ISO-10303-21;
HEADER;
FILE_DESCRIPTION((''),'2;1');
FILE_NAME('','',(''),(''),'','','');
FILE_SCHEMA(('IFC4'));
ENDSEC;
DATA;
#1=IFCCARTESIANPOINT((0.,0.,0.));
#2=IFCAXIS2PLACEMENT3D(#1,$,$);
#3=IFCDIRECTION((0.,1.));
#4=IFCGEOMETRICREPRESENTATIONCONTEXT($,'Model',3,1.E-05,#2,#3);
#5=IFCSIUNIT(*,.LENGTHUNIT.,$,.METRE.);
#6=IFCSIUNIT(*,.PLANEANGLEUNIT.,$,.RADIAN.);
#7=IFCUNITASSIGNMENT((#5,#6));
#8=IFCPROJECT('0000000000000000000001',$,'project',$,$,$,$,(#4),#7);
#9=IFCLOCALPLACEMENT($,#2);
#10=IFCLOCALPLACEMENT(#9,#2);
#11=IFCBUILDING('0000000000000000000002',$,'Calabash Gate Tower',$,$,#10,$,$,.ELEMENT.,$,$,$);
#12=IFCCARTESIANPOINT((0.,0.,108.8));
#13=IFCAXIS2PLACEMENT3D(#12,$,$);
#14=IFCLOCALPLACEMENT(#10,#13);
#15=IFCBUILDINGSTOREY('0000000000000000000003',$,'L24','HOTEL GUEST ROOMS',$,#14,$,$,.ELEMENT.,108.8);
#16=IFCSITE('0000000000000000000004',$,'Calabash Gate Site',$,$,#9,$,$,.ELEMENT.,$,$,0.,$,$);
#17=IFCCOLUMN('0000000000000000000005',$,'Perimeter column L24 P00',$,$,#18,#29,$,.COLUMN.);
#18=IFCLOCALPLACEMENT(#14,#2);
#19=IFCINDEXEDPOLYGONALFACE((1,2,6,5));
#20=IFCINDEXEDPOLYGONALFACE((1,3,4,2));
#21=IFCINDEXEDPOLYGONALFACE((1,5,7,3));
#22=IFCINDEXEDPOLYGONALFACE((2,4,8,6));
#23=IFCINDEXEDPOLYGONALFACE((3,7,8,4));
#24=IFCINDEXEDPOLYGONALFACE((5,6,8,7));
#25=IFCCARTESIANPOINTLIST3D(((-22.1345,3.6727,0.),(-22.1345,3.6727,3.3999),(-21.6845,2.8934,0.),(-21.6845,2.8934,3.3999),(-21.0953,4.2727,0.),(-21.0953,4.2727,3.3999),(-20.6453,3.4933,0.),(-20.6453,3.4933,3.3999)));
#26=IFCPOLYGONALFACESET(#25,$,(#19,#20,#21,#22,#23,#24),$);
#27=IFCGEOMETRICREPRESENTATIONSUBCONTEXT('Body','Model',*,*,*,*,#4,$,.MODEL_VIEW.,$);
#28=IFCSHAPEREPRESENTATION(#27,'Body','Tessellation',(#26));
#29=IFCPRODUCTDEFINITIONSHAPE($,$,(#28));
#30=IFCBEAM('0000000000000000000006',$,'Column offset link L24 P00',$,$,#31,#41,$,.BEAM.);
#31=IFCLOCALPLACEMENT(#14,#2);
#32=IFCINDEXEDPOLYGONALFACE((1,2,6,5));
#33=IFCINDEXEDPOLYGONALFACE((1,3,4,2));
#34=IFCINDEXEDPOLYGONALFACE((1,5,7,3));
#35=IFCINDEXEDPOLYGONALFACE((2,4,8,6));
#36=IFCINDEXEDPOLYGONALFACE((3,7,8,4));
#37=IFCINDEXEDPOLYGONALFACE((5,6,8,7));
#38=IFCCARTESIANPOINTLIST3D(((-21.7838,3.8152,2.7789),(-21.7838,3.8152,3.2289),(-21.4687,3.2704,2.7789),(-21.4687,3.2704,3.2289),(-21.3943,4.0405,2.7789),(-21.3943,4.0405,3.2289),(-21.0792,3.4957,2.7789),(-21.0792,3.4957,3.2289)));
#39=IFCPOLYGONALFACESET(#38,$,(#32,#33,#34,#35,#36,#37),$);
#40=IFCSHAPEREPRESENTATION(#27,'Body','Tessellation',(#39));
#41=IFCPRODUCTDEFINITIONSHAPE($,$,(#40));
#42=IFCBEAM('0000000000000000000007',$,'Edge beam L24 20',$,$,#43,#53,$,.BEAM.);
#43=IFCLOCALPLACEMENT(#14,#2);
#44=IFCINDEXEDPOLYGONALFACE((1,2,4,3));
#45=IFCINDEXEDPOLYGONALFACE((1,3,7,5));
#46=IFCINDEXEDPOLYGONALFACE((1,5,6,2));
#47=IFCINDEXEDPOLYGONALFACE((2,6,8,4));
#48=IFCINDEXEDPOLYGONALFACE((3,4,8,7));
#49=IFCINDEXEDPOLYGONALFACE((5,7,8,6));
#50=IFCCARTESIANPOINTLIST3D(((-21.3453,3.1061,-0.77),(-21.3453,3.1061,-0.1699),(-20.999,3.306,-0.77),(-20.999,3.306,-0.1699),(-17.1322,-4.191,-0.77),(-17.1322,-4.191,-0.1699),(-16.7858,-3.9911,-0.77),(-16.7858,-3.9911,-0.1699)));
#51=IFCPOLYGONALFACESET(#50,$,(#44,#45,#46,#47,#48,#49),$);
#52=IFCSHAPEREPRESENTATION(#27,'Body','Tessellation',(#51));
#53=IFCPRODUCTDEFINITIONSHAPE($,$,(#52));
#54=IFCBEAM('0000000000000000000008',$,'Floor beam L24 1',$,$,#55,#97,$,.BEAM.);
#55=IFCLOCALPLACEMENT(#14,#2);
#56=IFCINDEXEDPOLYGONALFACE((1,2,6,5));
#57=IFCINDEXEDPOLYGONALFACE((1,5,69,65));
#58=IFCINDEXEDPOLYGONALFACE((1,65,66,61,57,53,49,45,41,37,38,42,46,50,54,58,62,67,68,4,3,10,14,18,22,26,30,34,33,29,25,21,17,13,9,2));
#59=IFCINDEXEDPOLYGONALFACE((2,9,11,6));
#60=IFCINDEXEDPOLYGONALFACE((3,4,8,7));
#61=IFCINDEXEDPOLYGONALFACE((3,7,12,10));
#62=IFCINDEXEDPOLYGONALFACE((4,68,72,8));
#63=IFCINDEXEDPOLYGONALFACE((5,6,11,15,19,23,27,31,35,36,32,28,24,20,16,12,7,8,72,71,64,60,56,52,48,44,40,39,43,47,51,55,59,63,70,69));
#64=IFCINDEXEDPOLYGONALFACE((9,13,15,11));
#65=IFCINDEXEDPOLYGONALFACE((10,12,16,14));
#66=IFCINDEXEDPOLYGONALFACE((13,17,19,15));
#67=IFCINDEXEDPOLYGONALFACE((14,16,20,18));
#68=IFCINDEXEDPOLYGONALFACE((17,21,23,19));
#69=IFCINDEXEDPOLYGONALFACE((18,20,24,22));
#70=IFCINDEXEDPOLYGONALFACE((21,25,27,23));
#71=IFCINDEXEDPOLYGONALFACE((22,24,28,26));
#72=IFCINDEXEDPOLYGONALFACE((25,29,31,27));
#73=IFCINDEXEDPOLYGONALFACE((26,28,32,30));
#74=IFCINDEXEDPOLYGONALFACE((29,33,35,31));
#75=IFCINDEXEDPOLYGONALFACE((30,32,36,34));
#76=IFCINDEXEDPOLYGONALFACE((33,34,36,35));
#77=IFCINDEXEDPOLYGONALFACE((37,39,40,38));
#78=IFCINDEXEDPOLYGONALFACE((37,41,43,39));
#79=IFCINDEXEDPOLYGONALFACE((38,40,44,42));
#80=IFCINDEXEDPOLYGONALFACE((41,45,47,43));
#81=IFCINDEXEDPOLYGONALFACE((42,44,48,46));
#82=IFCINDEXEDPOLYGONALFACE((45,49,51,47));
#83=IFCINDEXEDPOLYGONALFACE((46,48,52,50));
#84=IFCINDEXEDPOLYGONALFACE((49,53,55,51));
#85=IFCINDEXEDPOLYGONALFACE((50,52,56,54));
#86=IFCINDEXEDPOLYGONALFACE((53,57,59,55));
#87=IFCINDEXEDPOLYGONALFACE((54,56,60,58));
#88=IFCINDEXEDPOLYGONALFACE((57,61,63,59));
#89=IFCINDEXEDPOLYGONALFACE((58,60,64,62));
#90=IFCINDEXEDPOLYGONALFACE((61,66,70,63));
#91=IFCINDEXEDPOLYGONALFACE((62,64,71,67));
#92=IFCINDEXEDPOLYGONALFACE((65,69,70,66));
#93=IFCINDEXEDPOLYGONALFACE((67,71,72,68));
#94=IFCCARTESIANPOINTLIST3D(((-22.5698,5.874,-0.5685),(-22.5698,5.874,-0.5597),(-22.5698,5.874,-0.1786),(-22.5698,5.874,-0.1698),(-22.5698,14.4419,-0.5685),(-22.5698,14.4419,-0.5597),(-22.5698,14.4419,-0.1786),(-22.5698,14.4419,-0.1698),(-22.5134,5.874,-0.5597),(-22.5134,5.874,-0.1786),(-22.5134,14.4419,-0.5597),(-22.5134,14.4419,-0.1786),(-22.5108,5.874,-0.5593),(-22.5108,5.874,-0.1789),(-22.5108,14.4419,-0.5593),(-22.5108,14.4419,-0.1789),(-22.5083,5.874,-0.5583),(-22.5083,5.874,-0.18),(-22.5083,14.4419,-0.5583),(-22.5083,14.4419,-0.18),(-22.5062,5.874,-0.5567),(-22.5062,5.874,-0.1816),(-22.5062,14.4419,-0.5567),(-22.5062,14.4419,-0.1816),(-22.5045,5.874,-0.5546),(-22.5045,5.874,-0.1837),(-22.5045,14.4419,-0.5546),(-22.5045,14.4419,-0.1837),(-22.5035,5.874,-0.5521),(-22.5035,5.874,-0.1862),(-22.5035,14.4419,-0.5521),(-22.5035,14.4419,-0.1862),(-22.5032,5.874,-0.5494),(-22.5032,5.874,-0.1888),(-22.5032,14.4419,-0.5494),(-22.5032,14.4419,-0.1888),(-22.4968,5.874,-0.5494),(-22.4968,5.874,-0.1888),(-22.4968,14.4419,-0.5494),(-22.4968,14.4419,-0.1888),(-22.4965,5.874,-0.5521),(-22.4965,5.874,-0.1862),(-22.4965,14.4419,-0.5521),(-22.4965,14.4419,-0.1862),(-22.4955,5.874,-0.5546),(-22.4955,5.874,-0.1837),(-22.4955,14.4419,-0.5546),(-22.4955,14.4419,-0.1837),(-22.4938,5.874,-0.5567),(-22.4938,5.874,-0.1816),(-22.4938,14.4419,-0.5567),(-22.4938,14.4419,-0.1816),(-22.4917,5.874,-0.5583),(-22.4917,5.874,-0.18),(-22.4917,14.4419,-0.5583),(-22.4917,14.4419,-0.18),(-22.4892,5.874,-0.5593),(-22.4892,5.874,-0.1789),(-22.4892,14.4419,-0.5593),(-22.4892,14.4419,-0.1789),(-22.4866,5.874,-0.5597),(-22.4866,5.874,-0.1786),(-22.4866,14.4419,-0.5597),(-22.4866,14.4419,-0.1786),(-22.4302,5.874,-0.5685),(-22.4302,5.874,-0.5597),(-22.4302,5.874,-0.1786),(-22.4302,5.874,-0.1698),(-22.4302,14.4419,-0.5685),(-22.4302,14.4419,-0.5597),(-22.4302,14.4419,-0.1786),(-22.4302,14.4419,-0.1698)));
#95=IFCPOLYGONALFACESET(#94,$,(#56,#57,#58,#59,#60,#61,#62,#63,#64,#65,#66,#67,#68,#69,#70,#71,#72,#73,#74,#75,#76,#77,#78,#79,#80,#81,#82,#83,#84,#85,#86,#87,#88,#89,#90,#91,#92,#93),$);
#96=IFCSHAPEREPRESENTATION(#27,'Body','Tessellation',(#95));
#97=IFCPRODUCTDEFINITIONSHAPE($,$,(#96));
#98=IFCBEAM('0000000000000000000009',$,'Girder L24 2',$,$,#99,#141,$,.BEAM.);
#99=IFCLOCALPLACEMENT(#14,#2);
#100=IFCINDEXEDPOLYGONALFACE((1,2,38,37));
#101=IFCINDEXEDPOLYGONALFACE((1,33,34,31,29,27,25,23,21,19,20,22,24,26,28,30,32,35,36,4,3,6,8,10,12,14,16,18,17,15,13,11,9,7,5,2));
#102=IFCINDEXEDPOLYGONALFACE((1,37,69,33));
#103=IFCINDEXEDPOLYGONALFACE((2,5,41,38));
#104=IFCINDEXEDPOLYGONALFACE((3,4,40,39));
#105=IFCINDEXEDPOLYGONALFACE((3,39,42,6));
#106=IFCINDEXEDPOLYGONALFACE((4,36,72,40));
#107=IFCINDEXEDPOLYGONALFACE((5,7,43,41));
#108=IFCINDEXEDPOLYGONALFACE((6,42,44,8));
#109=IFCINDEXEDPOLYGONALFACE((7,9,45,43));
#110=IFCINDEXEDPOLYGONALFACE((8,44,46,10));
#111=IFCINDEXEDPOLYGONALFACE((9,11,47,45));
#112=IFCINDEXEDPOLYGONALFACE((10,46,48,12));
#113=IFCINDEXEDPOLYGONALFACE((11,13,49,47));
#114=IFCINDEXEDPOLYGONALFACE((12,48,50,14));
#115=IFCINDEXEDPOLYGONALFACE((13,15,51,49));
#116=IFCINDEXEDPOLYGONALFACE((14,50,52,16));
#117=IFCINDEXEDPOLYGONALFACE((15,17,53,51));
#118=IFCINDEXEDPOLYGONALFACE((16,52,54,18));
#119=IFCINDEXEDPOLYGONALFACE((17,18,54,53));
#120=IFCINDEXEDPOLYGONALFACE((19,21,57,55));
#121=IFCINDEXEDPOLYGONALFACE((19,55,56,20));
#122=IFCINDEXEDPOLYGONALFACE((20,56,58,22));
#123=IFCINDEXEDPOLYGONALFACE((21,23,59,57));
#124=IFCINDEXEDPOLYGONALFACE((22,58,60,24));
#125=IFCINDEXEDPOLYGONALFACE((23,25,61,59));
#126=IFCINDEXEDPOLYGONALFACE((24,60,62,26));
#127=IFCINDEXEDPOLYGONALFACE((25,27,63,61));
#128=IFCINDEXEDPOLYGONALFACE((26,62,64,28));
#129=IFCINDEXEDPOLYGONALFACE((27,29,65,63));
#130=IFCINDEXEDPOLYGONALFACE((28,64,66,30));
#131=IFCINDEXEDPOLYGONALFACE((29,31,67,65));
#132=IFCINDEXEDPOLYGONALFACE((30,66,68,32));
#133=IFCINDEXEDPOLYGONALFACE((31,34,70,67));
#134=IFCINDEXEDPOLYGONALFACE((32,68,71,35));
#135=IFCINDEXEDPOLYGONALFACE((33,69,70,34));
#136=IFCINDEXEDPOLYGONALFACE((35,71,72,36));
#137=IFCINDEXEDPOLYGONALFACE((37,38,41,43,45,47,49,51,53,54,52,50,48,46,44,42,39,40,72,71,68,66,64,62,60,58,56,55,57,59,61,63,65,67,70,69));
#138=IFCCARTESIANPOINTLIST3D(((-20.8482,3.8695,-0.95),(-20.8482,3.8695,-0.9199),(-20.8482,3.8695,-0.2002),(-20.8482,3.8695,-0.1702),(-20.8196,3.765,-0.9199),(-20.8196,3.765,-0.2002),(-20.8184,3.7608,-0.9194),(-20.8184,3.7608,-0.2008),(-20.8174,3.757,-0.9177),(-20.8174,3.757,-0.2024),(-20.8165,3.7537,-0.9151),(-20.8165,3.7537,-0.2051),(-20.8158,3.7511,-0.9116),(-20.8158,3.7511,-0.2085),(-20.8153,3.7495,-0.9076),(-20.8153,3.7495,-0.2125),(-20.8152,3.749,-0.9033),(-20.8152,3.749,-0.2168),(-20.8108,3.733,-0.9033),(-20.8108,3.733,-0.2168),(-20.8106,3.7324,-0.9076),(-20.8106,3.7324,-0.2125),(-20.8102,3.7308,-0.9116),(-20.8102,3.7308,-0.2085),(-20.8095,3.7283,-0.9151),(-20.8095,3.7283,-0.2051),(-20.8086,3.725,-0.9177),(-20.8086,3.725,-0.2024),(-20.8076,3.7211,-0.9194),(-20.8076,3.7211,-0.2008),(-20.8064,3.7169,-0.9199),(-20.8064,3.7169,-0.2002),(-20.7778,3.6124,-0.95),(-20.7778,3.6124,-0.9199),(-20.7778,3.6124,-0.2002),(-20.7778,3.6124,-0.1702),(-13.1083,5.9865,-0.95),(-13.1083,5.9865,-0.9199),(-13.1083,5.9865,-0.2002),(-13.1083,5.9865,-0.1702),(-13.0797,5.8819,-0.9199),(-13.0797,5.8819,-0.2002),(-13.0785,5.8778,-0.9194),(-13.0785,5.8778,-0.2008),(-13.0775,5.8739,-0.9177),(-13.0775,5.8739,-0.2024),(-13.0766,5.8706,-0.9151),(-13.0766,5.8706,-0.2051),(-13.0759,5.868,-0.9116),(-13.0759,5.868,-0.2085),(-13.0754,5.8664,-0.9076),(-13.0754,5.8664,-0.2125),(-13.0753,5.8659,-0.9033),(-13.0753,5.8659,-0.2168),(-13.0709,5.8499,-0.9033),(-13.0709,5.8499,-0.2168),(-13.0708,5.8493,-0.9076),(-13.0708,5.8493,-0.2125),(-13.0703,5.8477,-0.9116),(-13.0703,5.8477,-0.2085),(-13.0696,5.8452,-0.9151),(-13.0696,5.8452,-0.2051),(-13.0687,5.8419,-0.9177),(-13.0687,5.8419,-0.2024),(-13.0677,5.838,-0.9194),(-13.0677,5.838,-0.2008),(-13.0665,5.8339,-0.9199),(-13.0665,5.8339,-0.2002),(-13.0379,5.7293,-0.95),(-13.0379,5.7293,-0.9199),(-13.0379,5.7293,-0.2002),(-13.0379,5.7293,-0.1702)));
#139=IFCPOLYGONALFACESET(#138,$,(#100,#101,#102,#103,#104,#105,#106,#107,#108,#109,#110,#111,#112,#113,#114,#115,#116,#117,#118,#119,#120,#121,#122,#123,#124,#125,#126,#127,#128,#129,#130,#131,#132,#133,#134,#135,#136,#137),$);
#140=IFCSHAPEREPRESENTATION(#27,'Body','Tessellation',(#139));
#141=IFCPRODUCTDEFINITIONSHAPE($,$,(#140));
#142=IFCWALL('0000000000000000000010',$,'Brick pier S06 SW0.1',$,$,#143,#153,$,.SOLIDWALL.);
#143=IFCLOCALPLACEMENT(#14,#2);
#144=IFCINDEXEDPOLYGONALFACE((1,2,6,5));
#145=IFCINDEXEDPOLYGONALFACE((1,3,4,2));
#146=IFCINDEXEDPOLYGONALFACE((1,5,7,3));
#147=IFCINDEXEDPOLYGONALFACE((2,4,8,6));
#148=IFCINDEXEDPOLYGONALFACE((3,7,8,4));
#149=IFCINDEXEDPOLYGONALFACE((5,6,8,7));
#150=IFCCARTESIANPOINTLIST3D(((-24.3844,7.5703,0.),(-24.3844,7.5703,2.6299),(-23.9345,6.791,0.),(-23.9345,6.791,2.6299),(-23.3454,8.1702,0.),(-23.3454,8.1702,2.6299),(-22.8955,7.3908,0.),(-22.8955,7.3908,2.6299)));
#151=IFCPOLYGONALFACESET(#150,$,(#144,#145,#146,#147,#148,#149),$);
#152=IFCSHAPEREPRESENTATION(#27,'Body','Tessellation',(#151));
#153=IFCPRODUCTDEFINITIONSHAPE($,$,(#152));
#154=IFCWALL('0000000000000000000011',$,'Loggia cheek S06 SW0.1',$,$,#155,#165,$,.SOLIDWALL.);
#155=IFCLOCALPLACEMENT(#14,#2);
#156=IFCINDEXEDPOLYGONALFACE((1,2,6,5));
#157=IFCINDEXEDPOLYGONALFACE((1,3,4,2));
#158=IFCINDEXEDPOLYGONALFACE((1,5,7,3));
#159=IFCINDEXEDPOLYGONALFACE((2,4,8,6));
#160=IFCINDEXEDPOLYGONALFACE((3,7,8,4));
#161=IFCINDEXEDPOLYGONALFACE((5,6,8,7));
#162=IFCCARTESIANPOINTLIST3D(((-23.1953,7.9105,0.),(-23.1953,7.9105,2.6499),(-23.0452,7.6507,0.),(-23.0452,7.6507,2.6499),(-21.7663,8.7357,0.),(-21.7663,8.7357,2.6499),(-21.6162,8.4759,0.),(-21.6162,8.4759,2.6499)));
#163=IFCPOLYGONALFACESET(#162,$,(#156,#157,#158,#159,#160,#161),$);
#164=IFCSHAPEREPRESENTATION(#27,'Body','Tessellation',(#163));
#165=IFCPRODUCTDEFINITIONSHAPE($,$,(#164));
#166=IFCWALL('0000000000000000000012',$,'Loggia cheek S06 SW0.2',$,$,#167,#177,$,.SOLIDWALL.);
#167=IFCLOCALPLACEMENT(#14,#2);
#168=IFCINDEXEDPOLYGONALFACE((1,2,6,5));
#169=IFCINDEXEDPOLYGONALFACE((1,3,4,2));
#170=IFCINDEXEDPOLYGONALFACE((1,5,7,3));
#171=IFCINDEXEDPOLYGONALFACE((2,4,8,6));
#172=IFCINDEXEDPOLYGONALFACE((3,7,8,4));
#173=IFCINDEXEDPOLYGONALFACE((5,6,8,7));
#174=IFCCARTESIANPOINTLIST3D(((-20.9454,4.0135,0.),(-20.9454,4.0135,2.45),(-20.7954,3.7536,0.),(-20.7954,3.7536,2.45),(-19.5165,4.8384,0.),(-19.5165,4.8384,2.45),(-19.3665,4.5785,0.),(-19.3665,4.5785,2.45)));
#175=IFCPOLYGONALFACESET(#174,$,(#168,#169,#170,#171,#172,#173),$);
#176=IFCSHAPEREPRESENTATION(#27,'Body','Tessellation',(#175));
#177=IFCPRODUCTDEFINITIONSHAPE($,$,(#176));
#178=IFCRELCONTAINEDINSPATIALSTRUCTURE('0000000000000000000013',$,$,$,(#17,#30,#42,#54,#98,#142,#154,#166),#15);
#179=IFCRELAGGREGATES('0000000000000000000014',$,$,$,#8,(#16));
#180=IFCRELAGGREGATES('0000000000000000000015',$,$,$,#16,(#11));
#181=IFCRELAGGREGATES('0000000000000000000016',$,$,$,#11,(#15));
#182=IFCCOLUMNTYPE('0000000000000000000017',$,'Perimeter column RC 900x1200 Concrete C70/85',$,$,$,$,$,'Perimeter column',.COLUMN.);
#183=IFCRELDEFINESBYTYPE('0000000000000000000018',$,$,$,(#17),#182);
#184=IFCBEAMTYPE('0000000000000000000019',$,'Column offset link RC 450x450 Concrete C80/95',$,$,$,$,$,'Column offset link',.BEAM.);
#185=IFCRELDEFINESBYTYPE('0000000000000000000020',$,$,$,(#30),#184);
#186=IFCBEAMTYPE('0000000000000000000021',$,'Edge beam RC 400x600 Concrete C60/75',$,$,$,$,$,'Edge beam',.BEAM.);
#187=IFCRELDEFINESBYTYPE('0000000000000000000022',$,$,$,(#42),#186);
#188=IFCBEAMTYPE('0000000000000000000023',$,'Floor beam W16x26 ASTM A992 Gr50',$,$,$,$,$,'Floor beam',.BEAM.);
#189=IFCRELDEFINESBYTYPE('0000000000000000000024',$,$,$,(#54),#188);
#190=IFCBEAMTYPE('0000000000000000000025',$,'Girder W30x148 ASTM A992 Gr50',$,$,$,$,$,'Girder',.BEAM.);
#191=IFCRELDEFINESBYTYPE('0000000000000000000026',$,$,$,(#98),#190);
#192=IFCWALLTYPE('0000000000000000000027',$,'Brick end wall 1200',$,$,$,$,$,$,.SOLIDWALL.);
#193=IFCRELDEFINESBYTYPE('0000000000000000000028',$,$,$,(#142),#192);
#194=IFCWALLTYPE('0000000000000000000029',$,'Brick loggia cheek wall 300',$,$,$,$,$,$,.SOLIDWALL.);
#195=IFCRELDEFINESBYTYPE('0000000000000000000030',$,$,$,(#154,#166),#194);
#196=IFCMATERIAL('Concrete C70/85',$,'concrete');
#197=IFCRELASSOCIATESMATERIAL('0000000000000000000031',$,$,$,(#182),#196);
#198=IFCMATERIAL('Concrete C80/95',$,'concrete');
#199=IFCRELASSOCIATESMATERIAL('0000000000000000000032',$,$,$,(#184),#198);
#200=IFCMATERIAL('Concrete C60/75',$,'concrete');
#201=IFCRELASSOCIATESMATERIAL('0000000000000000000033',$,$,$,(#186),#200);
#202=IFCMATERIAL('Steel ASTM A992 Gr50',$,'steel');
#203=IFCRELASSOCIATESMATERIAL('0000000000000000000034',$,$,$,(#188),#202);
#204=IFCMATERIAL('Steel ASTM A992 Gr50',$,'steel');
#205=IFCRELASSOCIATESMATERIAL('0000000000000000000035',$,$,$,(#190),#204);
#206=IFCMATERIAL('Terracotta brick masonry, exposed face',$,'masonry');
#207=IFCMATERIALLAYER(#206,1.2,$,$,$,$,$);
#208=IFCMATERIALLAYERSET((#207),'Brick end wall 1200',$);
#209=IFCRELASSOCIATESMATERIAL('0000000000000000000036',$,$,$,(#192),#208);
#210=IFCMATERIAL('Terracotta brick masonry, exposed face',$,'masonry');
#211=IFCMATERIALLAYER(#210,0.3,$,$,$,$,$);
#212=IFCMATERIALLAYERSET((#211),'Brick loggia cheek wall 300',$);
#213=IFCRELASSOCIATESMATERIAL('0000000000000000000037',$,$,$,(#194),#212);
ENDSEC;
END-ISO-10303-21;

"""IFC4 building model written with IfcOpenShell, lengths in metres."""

from ifc_helpers import new_model, si_unit, direction, frame, frame_2d, origin, origin_2d, place, context, subcontext, project, spatial, rectangle, i_section, extrude, material, layer, layer_set, material_profile, profile_set, type_object, element, save


model = new_model("IFC4")

# Units and contexts
model_context = context("Model", 3, precision=1e-05, world=origin(), true_north=direction((0.0, 1.0)))
body_context = subcontext(model_context, "Body", "Model", "MODEL_VIEW")
ifc_project = project(units=[si_unit("LENGTHUNIT", "METRE"), si_unit("PLANEANGLEUNIT", "RADIAN")], contexts=[model_context])

# Site, building, storey
site_placement = place(None, origin())
site = spatial("IfcSite", under=ifc_project, at=site_placement, Name="Calabash Gate Site", CompositionType="ELEMENT", RefElevation=0.0)
building_placement = place(site_placement, origin())
building = spatial("IfcBuilding", under=site, at=building_placement, Name="Calabash Gate Tower", CompositionType="ELEMENT")
storey_placement = place(building_placement, frame((0.0, 0.0, 108.8)))
storey = spatial("IfcBuildingStorey", under=building, at=storey_placement, Name="L24", Description="HOTEL GUEST ROOMS", CompositionType="ELEMENT", Elevation=108.8)

# Column
ifc_material_1 = material(Name="Concrete C70/85", Category="concrete")
ifc_material_profile_1 = material_profile(ifc_material_1, rectangle(XDim=0.8999, YDim=1.2, at=origin_2d()))
ifc_profile_set_1 = profile_set([ifc_material_profile_1], Name="Concrete C70/85")
column_type = type_object("IfcColumnType", Name="Perimeter column RC 900x1200 Concrete C70/85", ElementType="Perimeter column", PredefinedType="COLUMN", material=ifc_profile_set_1)
column_placement = place(storey_placement, frame((-21.3899, 3.583, 0.0), z_axis=(0.0, 0.0, 1.0), x_axis=(0.5, -0.866025, 0.0)))
element("IfcColumn", 1, at=column_placement, inside=storey, type_object=column_type, Name="Perimeter column L24 P00", PredefinedType="COLUMN", context=body_context, shape_type="SweptSolid", body=[
    extrude(rectangle(XDim=0.8999, YDim=1.2, at=origin_2d()), origin(), (0.0, 0.0, 1.0), 3.3999),
])

# Beams
ifc_material_2 = material(Name="Concrete C80/95", Category="concrete")
ifc_material_profile_2 = material_profile(ifc_material_2, rectangle(XDim=0.45, YDim=0.45, at=origin_2d()))
ifc_profile_set_2 = profile_set([ifc_material_profile_2], Name="Concrete C80/95")
beam_type_1 = type_object("IfcBeamType", Name="Column offset link RC 450x450 Concrete C80/95", ElementType="Column offset link", PredefinedType="BEAM", material=ifc_profile_set_2)
beam_1_placement = place(storey_placement, frame((-21.2739, 3.3831, 3.0039), z_axis=(-0.500685, 0.86563, 0.0), x_axis=(-0.86563, -0.500685, 0.0)))
element("IfcBeam", 2, at=beam_1_placement, inside=storey, type_object=beam_type_1, Name="Column offset link L24 P00", PredefinedType="BEAM", context=body_context, shape_type="SweptSolid", body=[
    extrude(rectangle(XDim=0.45, YDim=0.45, at=origin_2d()), origin(), (0.0, 0.0, 1.0), 0.6294),
])
ifc_material_3 = material(Name="Concrete C60/75", Category="concrete")
ifc_material_profile_3 = material_profile(ifc_material_3, rectangle(XDim=0.3999, YDim=0.6001, at=origin_2d()))
ifc_profile_set_3 = profile_set([ifc_material_profile_3], Name="Concrete C60/75")
beam_type_2 = type_object("IfcBeamType", Name="Edge beam RC 400x600 Concrete C60/75", ElementType="Edge beam", PredefinedType="BEAM", material=ifc_profile_set_3)
beam_2_placement = place(storey_placement, frame((-21.1721, 3.2061, -0.47), z_axis=(0.500013, -0.866018, 0.0), x_axis=(0.866018, 0.500013, 0.0)))
element("IfcBeam", 3, at=beam_2_placement, inside=storey, type_object=beam_type_2, Name="Edge beam L24 20", PredefinedType="BEAM", context=body_context, shape_type="SweptSolid", body=[
    extrude(rectangle(XDim=0.3999, YDim=0.6001, at=origin_2d()), origin(), (0.0, 0.0, 1.0), 8.426),
])
ifc_material_4 = material(Name="Steel ASTM A992 Gr50", Category="steel")
ifc_material_profile_4 = material_profile(ifc_material_4, i_section(OverallWidth=0.1396, OverallDepth=0.3987, WebThickness=0.0063, FlangeThickness=0.0088, FilletRadius=0.0103, at=origin_2d()))
ifc_profile_set_4 = profile_set([ifc_material_profile_4], Name="Steel ASTM A992 Gr50")
beam_type_3 = type_object("IfcBeamType", Name="Floor beam W16x26 ASTM A992 Gr50", ElementType="Floor beam", PredefinedType="BEAM", material=ifc_profile_set_4)
beam_3_placement = place(storey_placement, frame((-22.5, 5.874, -0.3691), z_axis=(0.0, 1.0, 0.0), x_axis=(-1.0, 0.0, 0.0)))
element("IfcBeam", 4, at=beam_3_placement, inside=storey, type_object=beam_type_3, Name="Floor beam L24 1", PredefinedType="BEAM", context=body_context, shape_type="SweptSolid", body=[
    extrude(i_section(OverallWidth=0.1396, OverallDepth=0.3987, WebThickness=0.0063, FlangeThickness=0.0088, FilletRadius=0.0103, at=origin_2d()), origin(), (0.0, 0.0, 1.0), 8.5679),
])
ifc_material_5 = material(Name="Steel ASTM A992 Gr50", Category="steel")
ifc_material_profile_5 = material_profile(ifc_material_5, i_section(OverallWidth=0.2666, OverallDepth=0.7798, WebThickness=0.0166, FlangeThickness=0.03, FilletRadius=0.0166, at=origin_2d()))
ifc_profile_set_5 = profile_set([ifc_material_profile_5], Name="Steel ASTM A992 Gr50")
beam_type_4 = type_object("IfcBeamType", Name="Girder W30x148 ASTM A992 Gr50", ElementType="Girder", PredefinedType="BEAM", material=ifc_profile_set_5)
beam_4_placement = place(storey_placement, frame((-20.813, 3.741, -0.5601), z_axis=(0.964573, 0.263818, 0.0), x_axis=(-0.263818, 0.964573, 0.0)))
element("IfcBeam", 5, at=beam_4_placement, inside=storey, type_object=beam_type_4, Name="Girder L24 2", PredefinedType="BEAM", context=body_context, shape_type="SweptSolid", body=[
    extrude(i_section(OverallWidth=0.2666, OverallDepth=0.7798, WebThickness=0.0166, FlangeThickness=0.03, FilletRadius=0.0166, at=origin_2d()), origin(), (0.0, 0.0, 1.0), 8.0242),
])

# Walls
ifc_material_6 = material(Name="Terracotta brick masonry, exposed face", Category="masonry")
ifc_layer_1 = layer(ifc_material_6, 1.2)
ifc_layer_set_1 = layer_set([ifc_layer_1], Name="Brick end wall 1200")
wall_type_1 = type_object("IfcWallType", Name="Brick end wall 1200", PredefinedType="SOLIDWALL", material=ifc_layer_set_1)
wall_1_placement = place(storey_placement, frame((-24.1594, 7.1807, 0.0), z_axis=(0.0, 0.0, 1.0), x_axis=(0.866043, 0.499969, 0.0)))
element("IfcWall", 6, at=wall_1_placement, inside=storey, type_object=wall_type_1, Name="Brick pier S06 SW0.1", PredefinedType="SOLIDWALL", context=body_context, shape_type="SweptSolid", body=[
    extrude(rectangle(XDim=1.1997, YDim=0.8999, at=frame_2d((0.5999, 0.0))), origin(), (0.0, 0.0, 1.0), 2.6299),
])
ifc_material_7 = material(Name="Terracotta brick masonry, exposed face", Category="masonry")
ifc_layer_2 = layer(ifc_material_7, 0.3)
ifc_layer_set_2 = layer_set([ifc_layer_2], Name="Brick loggia cheek wall 300")
wall_type_2 = type_object("IfcWallType", Name="Brick loggia cheek wall 300", PredefinedType="SOLIDWALL", material=ifc_layer_set_2)
wall_2_placement = place(storey_placement, frame((-23.1204, 7.7805, 0.0), z_axis=(0.0, 0.0, 1.0), x_axis=(0.865976, 0.500085, 0.0)))
element("IfcWall", 7, at=wall_2_placement, inside=storey, type_object=wall_type_2, Name="Loggia cheek S06 SW0.1", PredefinedType="SOLIDWALL", context=body_context, shape_type="SweptSolid", body=[
    extrude(rectangle(XDim=1.6501, YDim=0.3, at=frame_2d((0.8252, 0.0))), origin(), (0.0, 0.0, 1.0), 2.6499),
])
wall_3_placement = place(storey_placement, frame((-20.8704, 3.8835, 0.0), z_axis=(0.0, 0.0, 1.0), x_axis=(0.86604, 0.499974, 0.0)))
element("IfcWall", 8, at=wall_3_placement, inside=storey, type_object=wall_type_2, Name="Loggia cheek S06 SW0.2", PredefinedType="SOLIDWALL", context=body_context, shape_type="SweptSolid", body=[
    extrude(rectangle(XDim=1.6499, YDim=0.3, at=frame_2d((0.825, 0.0))), origin(), (0.0, 0.0, 1.0), 2.45),
])

save(model, "model.ifc")
